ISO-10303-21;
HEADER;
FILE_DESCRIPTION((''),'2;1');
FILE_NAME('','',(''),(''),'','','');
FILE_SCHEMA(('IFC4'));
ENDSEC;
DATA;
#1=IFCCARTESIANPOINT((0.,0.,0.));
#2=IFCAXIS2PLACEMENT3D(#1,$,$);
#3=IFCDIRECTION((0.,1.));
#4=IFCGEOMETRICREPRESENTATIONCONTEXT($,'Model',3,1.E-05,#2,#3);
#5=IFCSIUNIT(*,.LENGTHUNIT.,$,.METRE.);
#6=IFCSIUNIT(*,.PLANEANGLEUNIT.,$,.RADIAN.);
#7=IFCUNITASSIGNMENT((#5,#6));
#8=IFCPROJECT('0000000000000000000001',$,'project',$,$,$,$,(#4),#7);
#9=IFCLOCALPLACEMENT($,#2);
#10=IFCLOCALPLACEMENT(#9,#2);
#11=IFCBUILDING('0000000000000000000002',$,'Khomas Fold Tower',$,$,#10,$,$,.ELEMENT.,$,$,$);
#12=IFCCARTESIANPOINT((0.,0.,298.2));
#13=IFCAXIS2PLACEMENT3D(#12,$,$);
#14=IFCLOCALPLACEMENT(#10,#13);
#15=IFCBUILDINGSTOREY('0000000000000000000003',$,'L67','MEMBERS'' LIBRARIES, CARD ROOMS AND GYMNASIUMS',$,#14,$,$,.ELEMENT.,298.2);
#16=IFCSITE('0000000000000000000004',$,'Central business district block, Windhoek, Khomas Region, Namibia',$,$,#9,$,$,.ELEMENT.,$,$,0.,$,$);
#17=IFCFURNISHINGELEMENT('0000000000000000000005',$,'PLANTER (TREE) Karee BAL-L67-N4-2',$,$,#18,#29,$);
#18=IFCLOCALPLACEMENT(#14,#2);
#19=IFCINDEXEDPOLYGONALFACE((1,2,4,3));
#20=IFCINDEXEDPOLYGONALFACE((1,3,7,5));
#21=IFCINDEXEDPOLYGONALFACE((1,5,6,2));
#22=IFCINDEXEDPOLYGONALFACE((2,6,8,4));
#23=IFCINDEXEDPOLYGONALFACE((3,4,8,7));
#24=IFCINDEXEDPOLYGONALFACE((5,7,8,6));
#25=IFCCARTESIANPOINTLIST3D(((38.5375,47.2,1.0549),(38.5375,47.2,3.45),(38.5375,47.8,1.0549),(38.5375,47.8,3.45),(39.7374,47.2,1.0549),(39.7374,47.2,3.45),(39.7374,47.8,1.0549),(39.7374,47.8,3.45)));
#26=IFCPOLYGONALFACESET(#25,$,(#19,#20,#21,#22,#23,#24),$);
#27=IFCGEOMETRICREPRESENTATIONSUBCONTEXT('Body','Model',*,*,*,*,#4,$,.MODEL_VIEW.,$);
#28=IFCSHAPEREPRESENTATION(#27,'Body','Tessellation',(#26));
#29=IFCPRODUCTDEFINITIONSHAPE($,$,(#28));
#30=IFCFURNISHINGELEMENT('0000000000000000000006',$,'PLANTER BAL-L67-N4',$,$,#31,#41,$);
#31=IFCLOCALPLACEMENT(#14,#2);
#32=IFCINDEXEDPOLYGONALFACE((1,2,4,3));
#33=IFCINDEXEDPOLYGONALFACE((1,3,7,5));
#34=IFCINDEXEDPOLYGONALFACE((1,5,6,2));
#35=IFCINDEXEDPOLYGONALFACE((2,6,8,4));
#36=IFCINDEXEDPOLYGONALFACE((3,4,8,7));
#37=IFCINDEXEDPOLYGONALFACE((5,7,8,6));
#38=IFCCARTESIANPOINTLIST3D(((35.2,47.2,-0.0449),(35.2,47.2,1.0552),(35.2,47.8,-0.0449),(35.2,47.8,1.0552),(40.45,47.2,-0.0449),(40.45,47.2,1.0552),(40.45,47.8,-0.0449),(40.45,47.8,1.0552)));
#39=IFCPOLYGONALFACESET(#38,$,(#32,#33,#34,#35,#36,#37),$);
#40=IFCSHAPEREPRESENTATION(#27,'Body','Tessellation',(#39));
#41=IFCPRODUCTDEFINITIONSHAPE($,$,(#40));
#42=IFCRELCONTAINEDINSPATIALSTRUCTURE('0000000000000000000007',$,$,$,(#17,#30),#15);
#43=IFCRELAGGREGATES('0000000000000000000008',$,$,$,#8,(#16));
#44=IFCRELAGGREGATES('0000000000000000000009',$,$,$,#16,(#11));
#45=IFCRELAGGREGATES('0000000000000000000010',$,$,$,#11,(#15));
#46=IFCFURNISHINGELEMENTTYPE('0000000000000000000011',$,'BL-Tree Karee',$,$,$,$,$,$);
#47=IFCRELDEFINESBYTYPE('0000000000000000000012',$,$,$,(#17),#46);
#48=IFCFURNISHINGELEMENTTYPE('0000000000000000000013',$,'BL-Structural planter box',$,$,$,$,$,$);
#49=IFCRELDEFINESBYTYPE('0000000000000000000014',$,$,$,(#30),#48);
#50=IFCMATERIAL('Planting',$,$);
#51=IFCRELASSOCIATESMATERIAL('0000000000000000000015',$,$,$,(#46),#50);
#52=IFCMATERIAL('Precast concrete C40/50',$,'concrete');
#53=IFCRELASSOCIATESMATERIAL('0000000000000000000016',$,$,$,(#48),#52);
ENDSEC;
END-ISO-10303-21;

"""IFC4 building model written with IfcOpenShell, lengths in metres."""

from ifc_helpers import new_model, si_unit, direction, frame, origin, origin_2d, place, context, subcontext, project, spatial, rectangle, extrude, source, transform, mapped, material, type_object, element, save


model = new_model("IFC4")

# Units and contexts
model_context = context("Model", 3, precision=1e-05, world=origin(), true_north=direction((0.0, 1.0)))
body_context = subcontext(model_context, "Body", "Model", "MODEL_VIEW")
ifc_project = project(units=[si_unit("LENGTHUNIT", "METRE"), si_unit("PLANEANGLEUNIT", "RADIAN")], contexts=[model_context])

# Site, building, storey
site_placement = place(None, origin())
site = spatial("IfcSite", under=ifc_project, at=site_placement, Name="Central business district block, Windhoek, Khomas Region, Namibia", CompositionType="ELEMENT", RefElevation=0.0)
building_placement = place(site_placement, origin())
building = spatial("IfcBuilding", under=site, at=building_placement, Name="Khomas Fold Tower", CompositionType="ELEMENT")
storey_placement = place(building_placement, frame((0.0, 0.0, 298.2)))
storey = spatial("IfcBuildingStorey", under=building, at=storey_placement, Name="L67", Description="MEMBERS' LIBRARIES, CARD ROOMS AND GYMNASIUMS", CompositionType="ELEMENT", Elevation=298.2)

# Furnishing elements
shared_shape_1 = source(origin(), body_context, "Body", "SweptSolid", [
    extrude(rectangle(XDim=1.2, YDim=0.6001, at=origin_2d()), origin(), (0.0, 0.0, 1.0), 2.395),
])
ifc_material_1 = material(Name="Planting")
furnishing_element_type_1 = type_object("IfcFurnishingElementType", Name="BL-Tree Karee", material=ifc_material_1)
furnishing_1_placement = place(storey_placement, frame((39.1375, 47.5, 1.0549), z_axis=(0.0, 0.0, 1.0), x_axis=(1.0, 0.0, 0.0)))
element("IfcFurnishingElement", 1, at=furnishing_1_placement, inside=storey, type_object=furnishing_element_type_1, Name="PLANTER (TREE) Karee BAL-L67-N4-2", context=body_context, shape_type="MappedRepresentation", body=[
    mapped(shared_shape_1, transform((0.0, 0.0, 0.0))),
])
ifc_material_2 = material(Name="Precast concrete C40/50", Category="concrete")
furnishing_element_type_2 = type_object("IfcFurnishingElementType", Name="BL-Structural planter box", material=ifc_material_2)
shared_shape_2 = source(origin(), body_context, "Body", "SweptSolid", [
    extrude(rectangle(XDim=5.25, YDim=0.6001, at=origin_2d()), origin(), (0.0, 0.0, 1.0), 1.1001),
])
furnishing_2_placement = place(storey_placement, frame((37.825, 47.5, -0.0449), z_axis=(0.0, 0.0, 1.0), x_axis=(1.0, 0.0, 0.0)))
element("IfcFurnishingElement", 2, at=furnishing_2_placement, inside=storey, type_object=furnishing_element_type_2, Name="PLANTER BAL-L67-N4", context=body_context, shape_type="MappedRepresentation", body=[
    mapped(shared_shape_2, transform((0.0, 0.0, 0.0))),
])

save(model, "model.ifc")
